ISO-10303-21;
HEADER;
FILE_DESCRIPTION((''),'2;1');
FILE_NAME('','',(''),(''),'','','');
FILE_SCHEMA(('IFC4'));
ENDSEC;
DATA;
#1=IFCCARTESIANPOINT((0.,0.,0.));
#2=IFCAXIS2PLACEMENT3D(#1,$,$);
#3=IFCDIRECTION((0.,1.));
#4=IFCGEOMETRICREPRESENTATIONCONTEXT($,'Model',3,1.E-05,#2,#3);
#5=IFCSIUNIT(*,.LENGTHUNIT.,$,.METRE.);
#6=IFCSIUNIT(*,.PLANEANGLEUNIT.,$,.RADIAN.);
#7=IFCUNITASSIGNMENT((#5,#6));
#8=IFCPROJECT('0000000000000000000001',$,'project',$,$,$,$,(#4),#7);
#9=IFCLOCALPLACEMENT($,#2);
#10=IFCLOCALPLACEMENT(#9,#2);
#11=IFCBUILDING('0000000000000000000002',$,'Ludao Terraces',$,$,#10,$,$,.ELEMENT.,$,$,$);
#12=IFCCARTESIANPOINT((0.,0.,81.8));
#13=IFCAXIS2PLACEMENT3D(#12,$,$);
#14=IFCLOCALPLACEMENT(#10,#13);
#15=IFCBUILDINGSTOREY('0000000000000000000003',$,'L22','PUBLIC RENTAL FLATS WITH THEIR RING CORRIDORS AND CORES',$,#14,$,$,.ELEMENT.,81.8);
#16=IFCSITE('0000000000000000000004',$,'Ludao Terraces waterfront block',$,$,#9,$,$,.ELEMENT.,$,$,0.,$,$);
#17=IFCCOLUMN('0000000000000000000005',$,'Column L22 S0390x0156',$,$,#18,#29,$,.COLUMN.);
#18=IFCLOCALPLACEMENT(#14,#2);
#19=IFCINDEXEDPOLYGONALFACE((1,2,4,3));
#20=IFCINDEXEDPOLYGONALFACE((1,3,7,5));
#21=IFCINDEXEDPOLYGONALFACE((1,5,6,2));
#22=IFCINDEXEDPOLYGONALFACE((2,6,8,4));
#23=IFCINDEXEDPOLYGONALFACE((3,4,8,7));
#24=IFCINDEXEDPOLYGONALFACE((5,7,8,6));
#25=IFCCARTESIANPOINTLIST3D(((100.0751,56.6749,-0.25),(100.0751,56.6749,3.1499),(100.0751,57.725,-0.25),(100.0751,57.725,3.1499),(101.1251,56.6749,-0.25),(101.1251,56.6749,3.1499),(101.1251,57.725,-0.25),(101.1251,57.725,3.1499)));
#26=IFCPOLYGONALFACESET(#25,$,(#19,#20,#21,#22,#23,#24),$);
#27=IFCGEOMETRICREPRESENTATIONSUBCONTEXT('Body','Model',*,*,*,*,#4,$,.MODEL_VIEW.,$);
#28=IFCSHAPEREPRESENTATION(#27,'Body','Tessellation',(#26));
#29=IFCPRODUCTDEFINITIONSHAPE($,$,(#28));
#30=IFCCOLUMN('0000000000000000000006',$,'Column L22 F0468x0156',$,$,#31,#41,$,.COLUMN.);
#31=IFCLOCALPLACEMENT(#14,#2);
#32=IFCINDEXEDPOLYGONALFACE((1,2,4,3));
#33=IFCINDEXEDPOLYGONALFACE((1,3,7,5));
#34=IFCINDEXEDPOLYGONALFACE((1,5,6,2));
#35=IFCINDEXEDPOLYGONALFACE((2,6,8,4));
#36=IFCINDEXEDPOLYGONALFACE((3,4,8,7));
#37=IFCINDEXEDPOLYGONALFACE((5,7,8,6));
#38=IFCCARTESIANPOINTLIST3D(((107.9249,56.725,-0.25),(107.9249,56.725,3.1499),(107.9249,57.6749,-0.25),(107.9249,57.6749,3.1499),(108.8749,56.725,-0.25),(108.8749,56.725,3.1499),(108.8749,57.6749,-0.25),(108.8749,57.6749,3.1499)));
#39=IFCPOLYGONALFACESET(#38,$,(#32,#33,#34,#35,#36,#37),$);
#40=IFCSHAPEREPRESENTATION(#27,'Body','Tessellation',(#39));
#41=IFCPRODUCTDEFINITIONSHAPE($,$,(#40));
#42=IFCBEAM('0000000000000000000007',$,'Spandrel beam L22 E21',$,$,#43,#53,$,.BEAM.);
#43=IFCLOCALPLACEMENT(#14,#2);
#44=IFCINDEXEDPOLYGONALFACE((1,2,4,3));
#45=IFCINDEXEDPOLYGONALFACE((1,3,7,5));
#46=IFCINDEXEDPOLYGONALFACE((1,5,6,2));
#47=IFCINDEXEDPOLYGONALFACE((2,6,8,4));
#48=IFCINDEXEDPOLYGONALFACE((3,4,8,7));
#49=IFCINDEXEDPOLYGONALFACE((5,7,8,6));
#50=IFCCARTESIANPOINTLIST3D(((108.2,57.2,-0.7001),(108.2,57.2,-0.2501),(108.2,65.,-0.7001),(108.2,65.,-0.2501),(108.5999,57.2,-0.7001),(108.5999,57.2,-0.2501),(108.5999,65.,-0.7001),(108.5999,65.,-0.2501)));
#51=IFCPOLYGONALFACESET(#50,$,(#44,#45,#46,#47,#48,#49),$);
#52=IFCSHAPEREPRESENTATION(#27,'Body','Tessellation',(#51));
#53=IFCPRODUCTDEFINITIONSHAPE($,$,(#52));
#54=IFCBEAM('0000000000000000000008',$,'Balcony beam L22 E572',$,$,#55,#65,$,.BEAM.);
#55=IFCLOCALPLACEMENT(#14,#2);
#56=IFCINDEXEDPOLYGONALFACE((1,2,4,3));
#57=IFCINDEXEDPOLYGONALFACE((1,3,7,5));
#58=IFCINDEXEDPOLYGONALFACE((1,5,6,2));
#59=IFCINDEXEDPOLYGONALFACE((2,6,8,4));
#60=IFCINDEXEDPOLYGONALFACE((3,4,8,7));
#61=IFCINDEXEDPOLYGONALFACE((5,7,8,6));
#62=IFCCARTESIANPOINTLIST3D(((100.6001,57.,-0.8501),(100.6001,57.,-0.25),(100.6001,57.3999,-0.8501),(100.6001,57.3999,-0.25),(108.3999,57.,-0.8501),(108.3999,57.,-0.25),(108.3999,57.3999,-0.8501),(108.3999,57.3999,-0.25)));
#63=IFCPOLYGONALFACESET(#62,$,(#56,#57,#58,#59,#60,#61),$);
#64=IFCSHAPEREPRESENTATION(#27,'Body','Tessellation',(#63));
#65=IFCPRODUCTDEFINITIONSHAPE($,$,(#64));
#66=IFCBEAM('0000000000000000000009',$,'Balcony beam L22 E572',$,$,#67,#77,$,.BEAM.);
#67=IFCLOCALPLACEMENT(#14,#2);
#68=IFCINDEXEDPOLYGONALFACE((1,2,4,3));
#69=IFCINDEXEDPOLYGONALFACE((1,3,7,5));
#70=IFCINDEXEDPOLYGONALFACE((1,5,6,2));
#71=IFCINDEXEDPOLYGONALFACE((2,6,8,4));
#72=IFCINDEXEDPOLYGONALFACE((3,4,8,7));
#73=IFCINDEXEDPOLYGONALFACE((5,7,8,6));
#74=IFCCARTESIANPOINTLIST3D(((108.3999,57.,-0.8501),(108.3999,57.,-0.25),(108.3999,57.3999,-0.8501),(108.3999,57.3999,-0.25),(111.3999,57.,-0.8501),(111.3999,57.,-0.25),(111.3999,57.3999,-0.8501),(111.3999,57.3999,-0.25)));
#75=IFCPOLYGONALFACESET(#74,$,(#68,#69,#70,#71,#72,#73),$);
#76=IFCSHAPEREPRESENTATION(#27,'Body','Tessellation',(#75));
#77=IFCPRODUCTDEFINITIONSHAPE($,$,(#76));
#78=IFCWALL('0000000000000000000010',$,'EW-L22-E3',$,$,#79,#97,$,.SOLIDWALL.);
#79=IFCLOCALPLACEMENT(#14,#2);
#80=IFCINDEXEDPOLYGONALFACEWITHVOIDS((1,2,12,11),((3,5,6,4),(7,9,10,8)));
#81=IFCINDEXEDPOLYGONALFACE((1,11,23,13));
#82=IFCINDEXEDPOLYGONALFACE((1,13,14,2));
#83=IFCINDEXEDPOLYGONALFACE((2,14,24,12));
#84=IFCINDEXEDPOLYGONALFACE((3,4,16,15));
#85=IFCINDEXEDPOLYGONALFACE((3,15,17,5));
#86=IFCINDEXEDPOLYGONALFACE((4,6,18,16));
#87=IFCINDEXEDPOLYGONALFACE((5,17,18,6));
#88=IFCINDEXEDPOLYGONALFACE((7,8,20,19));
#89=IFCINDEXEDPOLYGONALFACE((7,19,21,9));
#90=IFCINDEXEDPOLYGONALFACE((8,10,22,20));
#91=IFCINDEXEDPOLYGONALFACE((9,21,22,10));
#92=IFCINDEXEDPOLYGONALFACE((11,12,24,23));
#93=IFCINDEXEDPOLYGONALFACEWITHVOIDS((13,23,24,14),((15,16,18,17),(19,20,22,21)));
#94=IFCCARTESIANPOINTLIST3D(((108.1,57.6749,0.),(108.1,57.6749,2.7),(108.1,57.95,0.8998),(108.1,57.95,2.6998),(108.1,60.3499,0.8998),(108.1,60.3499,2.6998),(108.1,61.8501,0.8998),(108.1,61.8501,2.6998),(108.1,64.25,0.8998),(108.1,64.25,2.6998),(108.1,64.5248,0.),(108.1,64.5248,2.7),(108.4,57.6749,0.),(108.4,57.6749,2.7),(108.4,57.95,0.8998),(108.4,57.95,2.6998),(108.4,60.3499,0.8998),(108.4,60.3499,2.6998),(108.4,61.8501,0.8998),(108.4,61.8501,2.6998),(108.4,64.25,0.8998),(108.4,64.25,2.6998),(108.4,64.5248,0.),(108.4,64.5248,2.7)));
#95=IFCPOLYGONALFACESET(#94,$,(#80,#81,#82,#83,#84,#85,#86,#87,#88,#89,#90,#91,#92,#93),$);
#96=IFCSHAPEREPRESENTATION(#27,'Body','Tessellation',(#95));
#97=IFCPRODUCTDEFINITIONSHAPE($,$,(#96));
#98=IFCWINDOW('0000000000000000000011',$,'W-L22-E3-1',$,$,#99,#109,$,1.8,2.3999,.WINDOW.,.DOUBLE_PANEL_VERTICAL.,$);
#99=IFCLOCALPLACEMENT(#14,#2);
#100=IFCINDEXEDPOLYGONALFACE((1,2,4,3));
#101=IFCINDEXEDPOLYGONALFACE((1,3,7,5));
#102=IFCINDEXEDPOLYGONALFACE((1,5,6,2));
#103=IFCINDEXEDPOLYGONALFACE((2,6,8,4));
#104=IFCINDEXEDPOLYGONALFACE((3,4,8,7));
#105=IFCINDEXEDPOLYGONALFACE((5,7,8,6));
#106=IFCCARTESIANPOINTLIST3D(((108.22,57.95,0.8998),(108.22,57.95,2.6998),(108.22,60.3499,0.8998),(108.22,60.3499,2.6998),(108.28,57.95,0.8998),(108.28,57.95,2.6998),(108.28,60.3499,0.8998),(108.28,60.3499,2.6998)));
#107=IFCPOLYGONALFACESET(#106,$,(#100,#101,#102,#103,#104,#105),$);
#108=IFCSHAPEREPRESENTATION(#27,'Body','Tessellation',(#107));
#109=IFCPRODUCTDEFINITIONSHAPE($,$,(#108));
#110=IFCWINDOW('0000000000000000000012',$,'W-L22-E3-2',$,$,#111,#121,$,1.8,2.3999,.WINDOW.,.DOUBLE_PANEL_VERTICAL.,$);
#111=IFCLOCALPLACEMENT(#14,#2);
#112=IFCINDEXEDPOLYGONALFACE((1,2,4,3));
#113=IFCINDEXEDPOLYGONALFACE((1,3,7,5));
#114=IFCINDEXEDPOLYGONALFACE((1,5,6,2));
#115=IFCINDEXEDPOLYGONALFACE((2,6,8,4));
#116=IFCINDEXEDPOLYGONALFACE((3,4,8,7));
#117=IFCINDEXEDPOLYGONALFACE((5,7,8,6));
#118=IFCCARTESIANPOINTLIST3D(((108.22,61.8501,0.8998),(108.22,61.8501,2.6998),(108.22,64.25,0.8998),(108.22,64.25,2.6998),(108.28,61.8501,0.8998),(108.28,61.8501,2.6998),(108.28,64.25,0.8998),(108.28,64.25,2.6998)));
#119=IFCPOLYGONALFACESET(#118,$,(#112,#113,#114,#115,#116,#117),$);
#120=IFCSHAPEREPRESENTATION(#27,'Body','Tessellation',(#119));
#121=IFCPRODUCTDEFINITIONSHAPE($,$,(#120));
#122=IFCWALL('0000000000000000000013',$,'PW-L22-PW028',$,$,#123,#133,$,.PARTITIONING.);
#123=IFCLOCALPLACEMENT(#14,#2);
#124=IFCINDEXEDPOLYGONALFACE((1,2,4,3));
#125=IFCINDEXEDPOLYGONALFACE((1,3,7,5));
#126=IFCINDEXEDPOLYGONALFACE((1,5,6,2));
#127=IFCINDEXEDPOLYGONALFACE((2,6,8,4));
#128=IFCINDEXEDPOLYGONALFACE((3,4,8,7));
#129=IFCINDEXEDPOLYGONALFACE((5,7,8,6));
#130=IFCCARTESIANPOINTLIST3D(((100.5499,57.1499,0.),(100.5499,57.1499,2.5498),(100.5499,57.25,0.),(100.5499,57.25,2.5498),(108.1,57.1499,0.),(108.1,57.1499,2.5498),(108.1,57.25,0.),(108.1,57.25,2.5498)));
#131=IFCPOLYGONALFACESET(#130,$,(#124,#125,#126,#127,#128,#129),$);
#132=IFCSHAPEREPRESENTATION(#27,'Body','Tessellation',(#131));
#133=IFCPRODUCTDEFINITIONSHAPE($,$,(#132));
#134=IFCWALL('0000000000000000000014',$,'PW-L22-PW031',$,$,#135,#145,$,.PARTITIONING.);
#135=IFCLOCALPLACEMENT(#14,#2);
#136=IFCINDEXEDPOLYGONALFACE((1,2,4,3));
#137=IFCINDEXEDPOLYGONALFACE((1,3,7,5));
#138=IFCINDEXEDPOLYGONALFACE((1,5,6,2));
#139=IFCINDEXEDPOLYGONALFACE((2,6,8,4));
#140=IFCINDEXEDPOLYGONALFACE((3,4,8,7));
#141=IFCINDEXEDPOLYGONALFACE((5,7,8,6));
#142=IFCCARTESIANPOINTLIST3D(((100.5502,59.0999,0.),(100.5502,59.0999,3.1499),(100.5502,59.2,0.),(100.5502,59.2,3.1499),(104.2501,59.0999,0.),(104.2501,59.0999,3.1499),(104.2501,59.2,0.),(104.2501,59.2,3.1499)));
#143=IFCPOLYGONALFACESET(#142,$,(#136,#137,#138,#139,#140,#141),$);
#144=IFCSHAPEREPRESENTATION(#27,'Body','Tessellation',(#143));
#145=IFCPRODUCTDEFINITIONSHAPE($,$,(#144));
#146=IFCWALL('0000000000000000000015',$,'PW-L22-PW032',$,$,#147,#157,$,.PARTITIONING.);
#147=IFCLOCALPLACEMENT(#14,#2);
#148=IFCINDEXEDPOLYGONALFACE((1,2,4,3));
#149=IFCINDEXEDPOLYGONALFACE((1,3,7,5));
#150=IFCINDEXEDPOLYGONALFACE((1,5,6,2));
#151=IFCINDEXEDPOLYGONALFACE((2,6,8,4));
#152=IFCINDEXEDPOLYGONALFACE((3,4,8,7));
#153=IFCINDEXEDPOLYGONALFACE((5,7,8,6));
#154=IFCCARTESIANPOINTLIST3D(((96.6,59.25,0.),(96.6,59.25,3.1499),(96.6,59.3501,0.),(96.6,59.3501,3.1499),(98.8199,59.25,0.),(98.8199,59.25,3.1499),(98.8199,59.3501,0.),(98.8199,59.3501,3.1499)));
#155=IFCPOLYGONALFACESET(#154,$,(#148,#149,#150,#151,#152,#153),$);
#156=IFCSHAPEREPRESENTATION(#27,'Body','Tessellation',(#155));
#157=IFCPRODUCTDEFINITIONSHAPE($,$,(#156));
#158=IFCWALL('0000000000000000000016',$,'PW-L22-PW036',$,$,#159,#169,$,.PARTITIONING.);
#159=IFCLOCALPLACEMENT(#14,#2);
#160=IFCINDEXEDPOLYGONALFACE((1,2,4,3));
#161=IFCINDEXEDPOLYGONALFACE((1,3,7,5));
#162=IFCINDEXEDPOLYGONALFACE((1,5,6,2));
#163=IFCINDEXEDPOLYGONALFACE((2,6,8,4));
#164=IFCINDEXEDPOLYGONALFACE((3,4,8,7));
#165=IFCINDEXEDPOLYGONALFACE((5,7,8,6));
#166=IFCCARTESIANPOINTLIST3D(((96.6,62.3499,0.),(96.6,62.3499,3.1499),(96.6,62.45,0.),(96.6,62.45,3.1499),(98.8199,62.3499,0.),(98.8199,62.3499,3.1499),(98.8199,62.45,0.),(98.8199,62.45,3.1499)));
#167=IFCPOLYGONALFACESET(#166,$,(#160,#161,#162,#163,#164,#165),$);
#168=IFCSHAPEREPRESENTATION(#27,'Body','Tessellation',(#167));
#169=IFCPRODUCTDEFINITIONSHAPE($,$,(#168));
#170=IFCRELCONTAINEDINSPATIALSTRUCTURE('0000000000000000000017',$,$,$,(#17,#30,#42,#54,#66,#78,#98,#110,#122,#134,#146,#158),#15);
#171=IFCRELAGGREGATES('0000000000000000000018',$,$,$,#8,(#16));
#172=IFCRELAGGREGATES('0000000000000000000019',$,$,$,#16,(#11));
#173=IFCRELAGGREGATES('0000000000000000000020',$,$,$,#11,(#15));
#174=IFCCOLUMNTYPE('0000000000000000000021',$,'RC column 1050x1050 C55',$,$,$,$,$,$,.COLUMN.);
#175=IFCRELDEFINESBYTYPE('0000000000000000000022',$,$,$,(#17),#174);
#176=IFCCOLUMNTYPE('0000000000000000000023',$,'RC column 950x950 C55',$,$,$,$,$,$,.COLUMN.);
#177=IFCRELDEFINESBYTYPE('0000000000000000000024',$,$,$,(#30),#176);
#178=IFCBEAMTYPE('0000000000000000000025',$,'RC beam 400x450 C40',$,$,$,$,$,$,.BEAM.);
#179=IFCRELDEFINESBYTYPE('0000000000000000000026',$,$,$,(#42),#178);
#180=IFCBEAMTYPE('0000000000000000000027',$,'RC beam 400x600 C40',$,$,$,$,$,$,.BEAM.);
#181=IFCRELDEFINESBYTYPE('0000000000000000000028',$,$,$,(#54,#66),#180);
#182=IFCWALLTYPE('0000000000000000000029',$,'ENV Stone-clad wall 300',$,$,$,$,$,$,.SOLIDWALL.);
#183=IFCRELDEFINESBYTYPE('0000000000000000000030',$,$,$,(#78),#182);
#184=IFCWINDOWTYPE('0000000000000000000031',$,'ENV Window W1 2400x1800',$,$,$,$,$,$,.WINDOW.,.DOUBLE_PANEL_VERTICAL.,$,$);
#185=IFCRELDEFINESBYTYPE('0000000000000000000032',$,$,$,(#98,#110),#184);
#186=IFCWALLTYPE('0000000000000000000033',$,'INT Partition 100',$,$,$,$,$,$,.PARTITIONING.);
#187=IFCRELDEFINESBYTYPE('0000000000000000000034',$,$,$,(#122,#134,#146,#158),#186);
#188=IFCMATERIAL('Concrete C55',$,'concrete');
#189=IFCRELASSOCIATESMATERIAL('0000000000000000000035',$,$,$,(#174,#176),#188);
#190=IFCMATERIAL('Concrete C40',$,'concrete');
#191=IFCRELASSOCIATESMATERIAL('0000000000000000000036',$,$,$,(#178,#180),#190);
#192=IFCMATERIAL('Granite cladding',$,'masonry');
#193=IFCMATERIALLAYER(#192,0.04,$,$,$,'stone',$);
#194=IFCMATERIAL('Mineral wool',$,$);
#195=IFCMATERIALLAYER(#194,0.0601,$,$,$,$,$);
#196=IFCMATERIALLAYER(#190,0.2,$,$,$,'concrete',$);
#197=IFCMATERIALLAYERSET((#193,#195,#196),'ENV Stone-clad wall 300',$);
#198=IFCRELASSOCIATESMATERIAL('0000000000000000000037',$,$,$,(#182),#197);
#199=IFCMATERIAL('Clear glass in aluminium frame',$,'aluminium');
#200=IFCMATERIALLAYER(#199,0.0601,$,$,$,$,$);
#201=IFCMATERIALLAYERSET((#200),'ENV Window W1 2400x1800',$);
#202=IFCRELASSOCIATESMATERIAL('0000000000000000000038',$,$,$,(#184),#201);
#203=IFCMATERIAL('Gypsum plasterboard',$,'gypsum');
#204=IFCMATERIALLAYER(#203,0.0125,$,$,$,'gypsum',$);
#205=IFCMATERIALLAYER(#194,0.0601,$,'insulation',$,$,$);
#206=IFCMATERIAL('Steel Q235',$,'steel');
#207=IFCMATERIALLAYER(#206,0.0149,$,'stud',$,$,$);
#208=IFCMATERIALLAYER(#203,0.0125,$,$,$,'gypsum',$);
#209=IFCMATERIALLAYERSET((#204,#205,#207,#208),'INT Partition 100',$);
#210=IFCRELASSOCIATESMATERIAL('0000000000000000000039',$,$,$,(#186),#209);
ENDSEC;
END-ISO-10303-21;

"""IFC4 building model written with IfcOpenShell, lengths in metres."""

from ifc_helpers import new_model, si_unit, direction, frame, frame_2d, origin, origin_2d, place, context, subcontext, project, spatial, rectangle, extrude, material, layer, layer_set, material_profile, profile_set, type_object, element, fill, save


model = new_model("IFC4")

# Units and contexts
model_context = context("Model", 3, precision=1e-05, world=origin(), true_north=direction((0.0, 1.0)))
body_context = subcontext(model_context, "Body", "Model", "MODEL_VIEW")
ifc_project = project(units=[si_unit("LENGTHUNIT", "METRE"), si_unit("PLANEANGLEUNIT", "RADIAN")], contexts=[model_context])

# Site, building, storey
site_placement = place(None, origin())
site = spatial("IfcSite", under=ifc_project, at=site_placement, Name="Ludao Terraces waterfront block", CompositionType="ELEMENT", RefElevation=0.0)
building_placement = place(site_placement, origin())
building = spatial("IfcBuilding", under=site, at=building_placement, Name="Ludao Terraces", CompositionType="ELEMENT")
storey_placement = place(building_placement, frame((0.0, 0.0, 81.8)))
storey = spatial("IfcBuildingStorey", under=building, at=storey_placement, Name="L22", Description="PUBLIC RENTAL FLATS WITH THEIR RING CORRIDORS AND CORES", CompositionType="ELEMENT", Elevation=81.8)

# Columns
ifc_material_1 = material(Name="Concrete C55", Category="concrete")
ifc_material_profile_1 = material_profile(ifc_material_1, rectangle(XDim=1.05, YDim=1.05, at=origin_2d()), Name="1050 X 1050")
ifc_profile_set_1 = profile_set([ifc_material_profile_1], Name="Concrete C55")
column_type_1 = type_object("IfcColumnType", Name="RC column 1050x1050 C55", PredefinedType="COLUMN", material=ifc_profile_set_1)
column_1_placement = place(storey_placement, frame((100.6001, 57.2, -0.25), z_axis=(0.0, 0.0, 1.0), x_axis=(1.0, 0.0, 0.0)))
element("IfcColumn", 1, at=column_1_placement, inside=storey, type_object=column_type_1, Name="Column L22 S0390x0156", PredefinedType="COLUMN", context=body_context, shape_type="SweptSolid", body=[
    extrude(rectangle(XDim=1.05, YDim=1.05, at=origin_2d()), origin(), (0.0, 0.0, 1.0), 3.3999),
])
ifc_material_profile_2 = material_profile(ifc_material_1, rectangle(XDim=0.95, YDim=0.95, at=origin_2d()), Name="950 X 950")
ifc_profile_set_2 = profile_set([ifc_material_profile_2], Name="Concrete C55")
column_type_2 = type_object("IfcColumnType", Name="RC column 950x950 C55", PredefinedType="COLUMN", material=ifc_profile_set_2)
column_2_placement = place(storey_placement, frame((108.3999, 57.2, -0.25), z_axis=(0.0, 0.0, 1.0), x_axis=(1.0, 0.0, 0.0)))
element("IfcColumn", 2, at=column_2_placement, inside=storey, type_object=column_type_2, Name="Column L22 F0468x0156", PredefinedType="COLUMN", context=body_context, shape_type="SweptSolid", body=[
    extrude(rectangle(XDim=0.95, YDim=0.95, at=origin_2d()), origin(), (0.0, 0.0, 1.0), 3.3999),
])

# Beams
ifc_material_2 = material(Name="Concrete C40", Category="concrete")
ifc_material_profile_3 = material_profile(ifc_material_2, rectangle(XDim=0.3999, YDim=0.45, at=origin_2d()), Name="400 X 450")
ifc_profile_set_3 = profile_set([ifc_material_profile_3], Name="Concrete C40")
beam_type_1 = type_object("IfcBeamType", Name="RC beam 400x450 C40", PredefinedType="BEAM", material=ifc_profile_set_3)
beam_1_placement = place(storey_placement, frame((108.3999, 57.2, -0.4751), z_axis=(0.0, 1.0, 0.0), x_axis=(-1.0, 0.0, 0.0)))
element("IfcBeam", 3, at=beam_1_placement, inside=storey, type_object=beam_type_1, Name="Spandrel beam L22 E21", PredefinedType="BEAM", context=body_context, shape_type="SweptSolid", body=[
    extrude(rectangle(XDim=0.3999, YDim=0.45, at=origin_2d()), origin(), (0.0, 0.0, 1.0), 7.8),
])
ifc_material_profile_4 = material_profile(ifc_material_2, rectangle(XDim=0.3999, YDim=0.6001, at=origin_2d()), Name="400 X 600")
ifc_profile_set_4 = profile_set([ifc_material_profile_4], Name="Concrete C40")
beam_type_2 = type_object("IfcBeamType", Name="RC beam 400x600 C40", PredefinedType="BEAM", material=ifc_profile_set_4)
beam_2_placement = place(storey_placement, frame((100.6001, 57.2, -0.55), z_axis=(1.0, 0.0, 0.0), x_axis=(0.0, 1.0, 0.0)))
element("IfcBeam", 4, at=beam_2_placement, inside=storey, type_object=beam_type_2, Name="Balcony beam L22 E572", PredefinedType="BEAM", context=body_context, shape_type="SweptSolid", body=[
    extrude(rectangle(XDim=0.3999, YDim=0.6001, at=origin_2d()), origin(), (0.0, 0.0, 1.0), 7.7998),
])
beam_3_placement = place(storey_placement, frame((108.3999, 57.2, -0.55), z_axis=(1.0, 0.0, 0.0), x_axis=(0.0, 1.0, 0.0)))
element("IfcBeam", 5, at=beam_3_placement, inside=storey, type_object=beam_type_2, Name="Balcony beam L22 E572", PredefinedType="BEAM", context=body_context, shape_type="SweptSolid", body=[
    extrude(rectangle(XDim=0.3999, YDim=0.6001, at=origin_2d()), origin(), (0.0, 0.0, 1.0), 3.0),
])

# Wall, openings, windows
ifc_material_3 = material(Name="Granite cladding", Category="masonry")
ifc_layer_1 = layer(ifc_material_3, 0.04, Category="stone")
ifc_material_4 = material(Name="Mineral wool")
ifc_layer_2 = layer(ifc_material_4, 0.0601)
ifc_layer_3 = layer(ifc_material_2, 0.2, Category="concrete")
ifc_layer_set_1 = layer_set([ifc_layer_1, ifc_layer_2, ifc_layer_3], Name="ENV Stone-clad wall 300")
wall_type_1 = type_object("IfcWallType", Name="ENV Stone-clad wall 300", PredefinedType="SOLIDWALL", material=ifc_layer_set_1)
wall_1_placement = place(storey_placement, frame((108.25, 57.675, 0.0), z_axis=(0.0, 0.0, 1.0), x_axis=(0.0, 1.0, 0.0)))
wall_1 = element("IfcWall", 6, at=wall_1_placement, inside=storey, type_object=wall_type_1, Name="EW-L22-E3", PredefinedType="SOLIDWALL", context=body_context, shape_type="SweptSolid", body=[
    extrude(rectangle(XDim=6.8499, YDim=0.3, at=frame_2d((3.4248, 0.0))), origin(), (0.0, 0.0, 1.0), 2.7),
])
opening_1_placement = place(wall_1_placement, frame((0.2749, 0.0, 0.8999)))
opening_1 = element("IfcOpeningElement", 7, at=opening_1_placement, cuts=wall_1, PredefinedType="OPENING", context=body_context, shape_type="SweptSolid", body=[
    extrude(rectangle(XDim=2.3999, YDim=1.8, at=frame_2d((1.2, 0.8999))), frame((0.0, 0.1602, 0.0), z_axis=(0.0, -1.0, 0.0), x_axis=(1.0, 0.0, 0.0)), (0.0, 0.0, 1.0), 0.3201),
])
opening_2_placement = place(wall_1_placement, frame((4.175, 0.0, 0.8999)))
opening_2 = element("IfcOpeningElement", 8, at=opening_2_placement, cuts=wall_1, PredefinedType="OPENING", context=body_context, shape_type="SweptSolid", body=[
    extrude(rectangle(XDim=2.3999, YDim=1.8, at=frame_2d((1.2, 0.8999))), frame((0.0, 0.1602, 0.0), z_axis=(0.0, -1.0, 0.0), x_axis=(1.0, 0.0, 0.0)), (0.0, 0.0, 1.0), 0.3201),
])
ifc_material_5 = material(Name="Clear glass in aluminium frame", Category="aluminium")
ifc_layer_4 = layer(ifc_material_5, 0.0601)
ifc_layer_set_2 = layer_set([ifc_layer_4], Name="ENV Window W1 2400x1800")
window_type = type_object("IfcWindowType", Name="ENV Window W1 2400x1800", PartitioningType="DOUBLE_PANEL_VERTICAL", PredefinedType="WINDOW", material=ifc_layer_set_2)
window_1_placement = place(opening_1_placement, origin())
window_1 = element("IfcWindow", 9, at=window_1_placement, inside=storey, type_object=window_type, Name="W-L22-E3-1", OverallHeight=1.8, OverallWidth=2.3999, PartitioningType="DOUBLE_PANEL_VERTICAL", PredefinedType="WINDOW", context=body_context, shape_type="SweptSolid", body=[
    extrude(rectangle(XDim=2.3999, YDim=1.8, at=frame_2d((1.2, 0.8999))), frame((0.0, 0.03, 0.0), z_axis=(0.0, -1.0, 0.0), x_axis=(1.0, 0.0, 0.0)), (0.0, 0.0, 1.0), 0.0601),
])
fill(opening_1, window_1)
window_2_placement = place(opening_2_placement, origin())
window_2 = element("IfcWindow", 10, at=window_2_placement, inside=storey, type_object=window_type, Name="W-L22-E3-2", OverallHeight=1.8, OverallWidth=2.3999, PartitioningType="DOUBLE_PANEL_VERTICAL", PredefinedType="WINDOW", context=body_context, shape_type="SweptSolid", body=[
    extrude(rectangle(XDim=2.3999, YDim=1.8, at=frame_2d((1.2, 0.8999))), frame((0.0, 0.03, 0.0), z_axis=(0.0, -1.0, 0.0), x_axis=(1.0, 0.0, 0.0)), (0.0, 0.0, 1.0), 0.0601),
])
fill(opening_2, window_2)

# Walls
ifc_material_6 = material(Name="Gypsum plasterboard", Category="gypsum")
ifc_layer_5 = layer(ifc_material_6, 0.0125, Category="gypsum")
ifc_layer_6 = layer(ifc_material_4, 0.0601, Name="insulation")
ifc_material_7 = material(Name="Steel Q235", Category="steel")
ifc_layer_7 = layer(ifc_material_7, 0.0149, Name="stud")
ifc_layer_8 = layer(ifc_material_6, 0.0125, Category="gypsum")
ifc_layer_set_3 = layer_set([ifc_layer_5, ifc_layer_6, ifc_layer_7, ifc_layer_8], Name="INT Partition 100")
wall_type_2 = type_object("IfcWallType", Name="INT Partition 100", PredefinedType="PARTITIONING", material=ifc_layer_set_3)
wall_2_placement = place(storey_placement, frame((100.55, 57.2, 0.0), z_axis=(0.0, 0.0, 1.0), x_axis=(1.0, 0.0, 0.0)))
element("IfcWall", 11, at=wall_2_placement, inside=storey, type_object=wall_type_2, Name="PW-L22-PW028", PredefinedType="PARTITIONING", context=body_context, shape_type="SweptSolid", body=[
    extrude(rectangle(XDim=7.55, YDim=0.1001, at=frame_2d((3.7749, 0.0))), origin(), (0.0, 0.0, 1.0), 2.5498),
])
wall_3_placement = place(storey_placement, frame((100.55, 59.1499, 0.0), z_axis=(0.0, 0.0, 1.0), x_axis=(1.0, 0.0, 0.0)))
element("IfcWall", 12, at=wall_3_placement, inside=storey, type_object=wall_type_2, Name="PW-L22-PW031", PredefinedType="PARTITIONING", context=body_context, shape_type="SweptSolid", body=[
    extrude(rectangle(XDim=3.7, YDim=0.1001, at=frame_2d((1.8501, 0.0))), origin(), (0.0, 0.0, 1.0), 3.1499),
])
for number, where, z_axis, x_axis, name in (
    (13, (96.6001, 59.3, 0.0), (0.0, 0.0, 1.0), (1.0, 0.0, 0.0), "PW-L22-PW032"),
    (14, (96.6001, 62.3999, 0.0), (0.0, 0.0, 1.0), (1.0, 0.0, 0.0), "PW-L22-PW036"),
):
    element("IfcWall", number, at=place(storey_placement, frame(where, z_axis=z_axis, x_axis=x_axis)), inside=storey, type_object=wall_type_2, Name=name, PredefinedType="PARTITIONING", context=body_context, shape_type="SweptSolid", body=[
        extrude(rectangle(XDim=2.22, YDim=0.1001, at=frame_2d((1.1099, 0.0))), origin(), (0.0, 0.0, 1.0), 3.1499),
    ])

save(model, "model.ifc")
